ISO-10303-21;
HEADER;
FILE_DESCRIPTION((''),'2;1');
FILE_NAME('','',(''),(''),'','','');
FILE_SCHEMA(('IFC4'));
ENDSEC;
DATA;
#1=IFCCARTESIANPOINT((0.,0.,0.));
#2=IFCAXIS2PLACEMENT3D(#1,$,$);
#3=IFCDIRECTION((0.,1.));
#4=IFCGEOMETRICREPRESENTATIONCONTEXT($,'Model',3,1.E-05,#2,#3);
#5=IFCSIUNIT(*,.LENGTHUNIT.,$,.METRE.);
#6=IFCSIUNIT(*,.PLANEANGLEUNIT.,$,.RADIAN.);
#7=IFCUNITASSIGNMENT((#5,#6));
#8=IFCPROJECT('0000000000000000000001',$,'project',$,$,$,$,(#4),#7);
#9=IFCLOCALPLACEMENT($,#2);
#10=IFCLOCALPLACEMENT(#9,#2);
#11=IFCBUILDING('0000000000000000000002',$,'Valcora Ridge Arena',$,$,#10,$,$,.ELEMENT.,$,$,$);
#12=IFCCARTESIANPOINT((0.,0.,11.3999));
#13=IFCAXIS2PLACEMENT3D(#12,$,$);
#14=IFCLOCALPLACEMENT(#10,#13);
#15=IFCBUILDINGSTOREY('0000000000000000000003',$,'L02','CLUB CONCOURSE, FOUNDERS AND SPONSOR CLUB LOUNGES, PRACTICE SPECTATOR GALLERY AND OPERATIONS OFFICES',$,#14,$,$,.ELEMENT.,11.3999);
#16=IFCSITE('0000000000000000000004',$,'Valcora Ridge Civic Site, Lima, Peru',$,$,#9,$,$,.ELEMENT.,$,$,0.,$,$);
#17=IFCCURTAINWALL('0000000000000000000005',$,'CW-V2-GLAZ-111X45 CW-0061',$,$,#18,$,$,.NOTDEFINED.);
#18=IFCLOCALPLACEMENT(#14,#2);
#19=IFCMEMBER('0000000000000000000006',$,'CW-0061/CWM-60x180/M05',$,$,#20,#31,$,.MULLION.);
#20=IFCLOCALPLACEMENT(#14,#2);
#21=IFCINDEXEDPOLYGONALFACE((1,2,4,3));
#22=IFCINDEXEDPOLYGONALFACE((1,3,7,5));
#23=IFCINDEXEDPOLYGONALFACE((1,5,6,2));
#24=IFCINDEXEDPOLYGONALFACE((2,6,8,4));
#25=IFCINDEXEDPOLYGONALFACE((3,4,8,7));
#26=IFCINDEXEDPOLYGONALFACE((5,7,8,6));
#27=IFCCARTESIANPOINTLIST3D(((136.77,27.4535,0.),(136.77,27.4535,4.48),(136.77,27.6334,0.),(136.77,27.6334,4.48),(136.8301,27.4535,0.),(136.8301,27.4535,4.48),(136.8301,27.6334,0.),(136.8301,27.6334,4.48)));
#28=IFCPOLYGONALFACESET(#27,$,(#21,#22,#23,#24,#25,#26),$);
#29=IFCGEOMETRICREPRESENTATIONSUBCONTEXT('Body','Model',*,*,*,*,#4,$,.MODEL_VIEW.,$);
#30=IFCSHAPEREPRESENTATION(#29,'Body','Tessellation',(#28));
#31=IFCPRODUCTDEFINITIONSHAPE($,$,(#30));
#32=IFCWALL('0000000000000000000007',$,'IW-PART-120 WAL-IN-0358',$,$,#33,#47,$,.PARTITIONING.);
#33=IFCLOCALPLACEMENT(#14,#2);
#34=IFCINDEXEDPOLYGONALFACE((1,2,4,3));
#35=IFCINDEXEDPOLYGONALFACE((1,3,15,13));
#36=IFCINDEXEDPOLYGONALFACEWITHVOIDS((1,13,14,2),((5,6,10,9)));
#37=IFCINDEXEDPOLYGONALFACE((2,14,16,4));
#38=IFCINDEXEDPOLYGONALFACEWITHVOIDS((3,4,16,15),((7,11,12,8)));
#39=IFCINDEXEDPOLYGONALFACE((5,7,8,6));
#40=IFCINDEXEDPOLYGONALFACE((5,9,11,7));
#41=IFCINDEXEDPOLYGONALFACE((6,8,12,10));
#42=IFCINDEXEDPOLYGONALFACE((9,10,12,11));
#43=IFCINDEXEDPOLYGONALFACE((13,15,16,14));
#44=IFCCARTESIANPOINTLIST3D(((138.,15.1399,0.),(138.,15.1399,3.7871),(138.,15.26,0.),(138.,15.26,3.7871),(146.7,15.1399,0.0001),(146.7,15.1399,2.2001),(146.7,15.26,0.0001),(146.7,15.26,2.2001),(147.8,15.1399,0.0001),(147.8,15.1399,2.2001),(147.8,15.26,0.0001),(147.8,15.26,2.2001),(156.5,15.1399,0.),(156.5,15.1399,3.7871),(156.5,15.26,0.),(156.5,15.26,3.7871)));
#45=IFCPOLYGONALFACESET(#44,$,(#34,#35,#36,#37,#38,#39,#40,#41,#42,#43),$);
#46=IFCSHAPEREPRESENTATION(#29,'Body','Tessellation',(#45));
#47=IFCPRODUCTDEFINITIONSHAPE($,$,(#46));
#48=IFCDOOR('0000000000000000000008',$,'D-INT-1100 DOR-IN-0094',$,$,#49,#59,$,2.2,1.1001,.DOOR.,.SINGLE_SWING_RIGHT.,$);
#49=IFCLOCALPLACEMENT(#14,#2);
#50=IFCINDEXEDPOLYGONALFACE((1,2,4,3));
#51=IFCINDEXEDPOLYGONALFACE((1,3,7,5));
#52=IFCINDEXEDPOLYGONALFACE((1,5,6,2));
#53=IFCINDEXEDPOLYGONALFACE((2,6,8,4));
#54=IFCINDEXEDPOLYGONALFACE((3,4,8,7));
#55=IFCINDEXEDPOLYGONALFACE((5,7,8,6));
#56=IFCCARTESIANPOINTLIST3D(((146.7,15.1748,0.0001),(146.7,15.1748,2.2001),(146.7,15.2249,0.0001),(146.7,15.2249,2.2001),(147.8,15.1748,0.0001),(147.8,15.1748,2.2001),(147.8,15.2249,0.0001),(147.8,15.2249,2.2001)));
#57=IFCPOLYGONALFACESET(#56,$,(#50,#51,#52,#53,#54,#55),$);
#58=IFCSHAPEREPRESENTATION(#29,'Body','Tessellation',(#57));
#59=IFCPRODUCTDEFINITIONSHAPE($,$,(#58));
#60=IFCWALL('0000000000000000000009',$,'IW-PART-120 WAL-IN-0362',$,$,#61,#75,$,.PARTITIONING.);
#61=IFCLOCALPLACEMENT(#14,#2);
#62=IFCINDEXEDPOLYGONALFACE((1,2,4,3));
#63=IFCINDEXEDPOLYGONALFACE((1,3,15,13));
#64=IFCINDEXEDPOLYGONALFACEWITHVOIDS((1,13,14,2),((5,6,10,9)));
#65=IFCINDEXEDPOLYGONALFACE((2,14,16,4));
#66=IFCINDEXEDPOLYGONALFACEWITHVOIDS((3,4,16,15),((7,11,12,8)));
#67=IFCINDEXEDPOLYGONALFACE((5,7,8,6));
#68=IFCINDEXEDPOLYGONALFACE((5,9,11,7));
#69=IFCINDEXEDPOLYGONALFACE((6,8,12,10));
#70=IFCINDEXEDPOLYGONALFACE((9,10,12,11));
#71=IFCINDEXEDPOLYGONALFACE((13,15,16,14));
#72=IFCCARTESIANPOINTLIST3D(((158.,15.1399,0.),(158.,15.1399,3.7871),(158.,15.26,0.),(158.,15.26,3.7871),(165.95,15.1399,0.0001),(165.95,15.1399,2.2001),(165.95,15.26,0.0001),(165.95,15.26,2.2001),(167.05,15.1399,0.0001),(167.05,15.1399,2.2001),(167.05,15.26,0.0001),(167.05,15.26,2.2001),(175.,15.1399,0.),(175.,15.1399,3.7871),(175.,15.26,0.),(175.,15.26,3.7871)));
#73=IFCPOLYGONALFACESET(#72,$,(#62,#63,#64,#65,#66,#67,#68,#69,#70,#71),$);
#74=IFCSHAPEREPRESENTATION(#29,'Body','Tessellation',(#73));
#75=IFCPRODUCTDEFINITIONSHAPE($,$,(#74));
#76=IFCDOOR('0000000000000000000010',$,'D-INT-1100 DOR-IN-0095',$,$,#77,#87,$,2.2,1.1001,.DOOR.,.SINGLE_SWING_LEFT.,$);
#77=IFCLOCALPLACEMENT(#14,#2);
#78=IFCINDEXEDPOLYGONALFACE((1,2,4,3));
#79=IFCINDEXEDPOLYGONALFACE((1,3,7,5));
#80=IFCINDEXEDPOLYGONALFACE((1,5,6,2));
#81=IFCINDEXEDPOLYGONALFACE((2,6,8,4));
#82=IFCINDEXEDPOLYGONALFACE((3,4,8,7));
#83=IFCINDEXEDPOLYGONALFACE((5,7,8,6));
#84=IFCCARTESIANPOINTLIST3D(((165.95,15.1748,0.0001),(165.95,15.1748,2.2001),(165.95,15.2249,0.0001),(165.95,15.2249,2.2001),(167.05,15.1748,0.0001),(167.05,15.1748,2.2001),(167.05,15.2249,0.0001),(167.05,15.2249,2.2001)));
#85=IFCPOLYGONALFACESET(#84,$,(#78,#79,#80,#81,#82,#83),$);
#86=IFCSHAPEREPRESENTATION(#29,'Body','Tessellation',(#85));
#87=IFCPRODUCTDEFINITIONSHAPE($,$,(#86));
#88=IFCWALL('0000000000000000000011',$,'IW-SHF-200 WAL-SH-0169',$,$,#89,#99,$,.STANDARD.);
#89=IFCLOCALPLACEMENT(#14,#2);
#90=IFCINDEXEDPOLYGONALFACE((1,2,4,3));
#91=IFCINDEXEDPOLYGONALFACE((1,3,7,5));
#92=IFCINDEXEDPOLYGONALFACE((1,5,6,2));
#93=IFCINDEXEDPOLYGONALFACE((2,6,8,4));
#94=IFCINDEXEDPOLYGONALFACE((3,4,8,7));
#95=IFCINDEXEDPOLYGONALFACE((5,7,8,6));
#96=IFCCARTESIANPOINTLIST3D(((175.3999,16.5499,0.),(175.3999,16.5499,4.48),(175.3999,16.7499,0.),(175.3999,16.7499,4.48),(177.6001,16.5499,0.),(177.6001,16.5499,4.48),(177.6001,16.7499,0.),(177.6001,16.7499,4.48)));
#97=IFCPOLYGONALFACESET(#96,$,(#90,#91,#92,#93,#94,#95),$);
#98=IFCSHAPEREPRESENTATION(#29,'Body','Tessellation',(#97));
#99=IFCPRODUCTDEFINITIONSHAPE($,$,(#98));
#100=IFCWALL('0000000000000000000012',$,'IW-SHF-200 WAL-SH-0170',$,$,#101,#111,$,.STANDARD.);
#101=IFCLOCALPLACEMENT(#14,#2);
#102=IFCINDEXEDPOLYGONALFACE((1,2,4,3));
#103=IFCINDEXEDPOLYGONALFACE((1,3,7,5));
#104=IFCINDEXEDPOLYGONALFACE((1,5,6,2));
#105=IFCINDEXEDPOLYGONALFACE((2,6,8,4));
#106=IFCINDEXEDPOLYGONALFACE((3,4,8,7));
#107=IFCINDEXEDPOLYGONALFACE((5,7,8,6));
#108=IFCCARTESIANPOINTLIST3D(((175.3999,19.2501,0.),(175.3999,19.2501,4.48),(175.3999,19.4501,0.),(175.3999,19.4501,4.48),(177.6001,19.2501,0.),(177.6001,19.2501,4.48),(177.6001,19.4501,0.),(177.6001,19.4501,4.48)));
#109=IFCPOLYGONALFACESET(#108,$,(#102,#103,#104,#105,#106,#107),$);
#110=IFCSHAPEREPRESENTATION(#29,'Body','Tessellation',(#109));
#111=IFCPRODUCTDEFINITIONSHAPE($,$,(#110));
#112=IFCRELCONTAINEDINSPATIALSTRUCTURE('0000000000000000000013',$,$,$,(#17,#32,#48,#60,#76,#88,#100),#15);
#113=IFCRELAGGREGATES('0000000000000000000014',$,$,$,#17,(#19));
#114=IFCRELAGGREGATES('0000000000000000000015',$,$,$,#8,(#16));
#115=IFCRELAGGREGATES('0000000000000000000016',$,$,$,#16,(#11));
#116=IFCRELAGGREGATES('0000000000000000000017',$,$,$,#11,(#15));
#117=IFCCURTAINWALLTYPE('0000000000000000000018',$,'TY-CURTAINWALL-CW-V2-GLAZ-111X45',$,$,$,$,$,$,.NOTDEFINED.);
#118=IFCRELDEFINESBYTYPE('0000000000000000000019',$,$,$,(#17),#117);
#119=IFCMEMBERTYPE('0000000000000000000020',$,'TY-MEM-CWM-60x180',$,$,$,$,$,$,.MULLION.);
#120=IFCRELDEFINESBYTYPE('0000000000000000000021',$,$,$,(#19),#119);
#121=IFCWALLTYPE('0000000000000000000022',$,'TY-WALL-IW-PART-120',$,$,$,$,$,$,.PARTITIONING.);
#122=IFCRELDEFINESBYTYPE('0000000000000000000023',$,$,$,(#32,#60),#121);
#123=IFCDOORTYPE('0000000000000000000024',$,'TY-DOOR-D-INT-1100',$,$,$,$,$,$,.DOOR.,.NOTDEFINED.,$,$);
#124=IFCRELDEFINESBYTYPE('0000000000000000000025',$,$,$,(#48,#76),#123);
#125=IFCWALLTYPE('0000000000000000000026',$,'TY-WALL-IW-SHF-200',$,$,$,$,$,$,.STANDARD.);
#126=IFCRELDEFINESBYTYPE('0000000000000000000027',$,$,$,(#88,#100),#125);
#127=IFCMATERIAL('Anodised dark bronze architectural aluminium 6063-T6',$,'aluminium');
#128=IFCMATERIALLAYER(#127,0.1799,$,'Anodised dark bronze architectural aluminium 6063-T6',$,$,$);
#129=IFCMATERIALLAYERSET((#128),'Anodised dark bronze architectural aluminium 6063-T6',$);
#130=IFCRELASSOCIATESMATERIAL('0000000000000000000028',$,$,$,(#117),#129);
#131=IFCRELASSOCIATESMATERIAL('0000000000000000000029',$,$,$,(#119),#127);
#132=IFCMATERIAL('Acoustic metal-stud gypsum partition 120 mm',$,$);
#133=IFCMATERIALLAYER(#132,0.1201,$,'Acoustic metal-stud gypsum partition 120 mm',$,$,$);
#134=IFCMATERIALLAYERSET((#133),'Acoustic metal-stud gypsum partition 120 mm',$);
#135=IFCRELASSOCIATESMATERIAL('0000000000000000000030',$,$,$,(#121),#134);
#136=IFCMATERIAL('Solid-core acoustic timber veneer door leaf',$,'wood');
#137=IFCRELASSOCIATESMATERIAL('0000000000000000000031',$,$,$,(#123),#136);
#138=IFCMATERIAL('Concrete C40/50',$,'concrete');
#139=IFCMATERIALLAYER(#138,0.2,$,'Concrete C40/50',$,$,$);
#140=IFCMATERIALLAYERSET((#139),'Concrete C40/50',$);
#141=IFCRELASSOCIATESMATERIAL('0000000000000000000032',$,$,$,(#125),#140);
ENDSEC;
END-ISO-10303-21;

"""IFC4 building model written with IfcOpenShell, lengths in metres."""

from ifc_helpers import new_model, si_unit, direction, frame, frame_2d, origin, origin_2d, place, context, subcontext, project, spatial, rectangle, extrude, material, layer, layer_set, material_profile, profile_set, type_object, element, fill, aggregate, save


model = new_model("IFC4")

# Units and contexts
model_context = context("Model", 3, precision=1e-05, world=origin(), true_north=direction((0.0, 1.0)))
body_context = subcontext(model_context, "Body", "Model", "MODEL_VIEW")
ifc_project = project(units=[si_unit("LENGTHUNIT", "METRE"), si_unit("PLANEANGLEUNIT", "RADIAN")], contexts=[model_context])

# Site, building, storey
site_placement = place(None, origin())
site = spatial("IfcSite", under=ifc_project, at=site_placement, Name="Valcora Ridge Civic Site, Lima, Peru", CompositionType="ELEMENT", RefElevation=0.0)
building_placement = place(site_placement, origin())
building = spatial("IfcBuilding", under=site, at=building_placement, Name="Valcora Ridge Arena", CompositionType="ELEMENT")
storey_placement = place(building_placement, frame((0.0, 0.0, 11.3999)))
storey = spatial("IfcBuildingStorey", under=building, at=storey_placement, Name="L02", Description="CLUB CONCOURSE, FOUNDERS AND SPONSOR CLUB LOUNGES, PRACTICE SPECTATOR GALLERY AND OPERATIONS OFFICES", CompositionType="ELEMENT", Elevation=11.3999)

# Curtain wall, member
ifc_material_1 = material(Name="Anodised dark bronze architectural aluminium 6063-T6", Category="aluminium")
ifc_layer_1 = layer(ifc_material_1, 0.1799, Name="Anodised dark bronze architectural aluminium 6063-T6")
ifc_layer_set_1 = layer_set([ifc_layer_1], Name="Anodised dark bronze architectural aluminium 6063-T6")
curtain_wall_type = type_object("IfcCurtainWallType", Name="TY-CURTAINWALL-CW-V2-GLAZ-111X45", PredefinedType="NOTDEFINED", material=ifc_layer_set_1)
curtain_wall_placement = place(storey_placement, origin())
curtain_wall = element("IfcCurtainWall", 1, at=curtain_wall_placement, inside=storey, type_object=curtain_wall_type, Name="CW-V2-GLAZ-111X45 CW-0061", PredefinedType="NOTDEFINED")
ifc_material_profile_1 = material_profile(ifc_material_1, rectangle(XDim=0.0601, YDim=0.1799, at=origin_2d()), Name="ALU MULLION 60x180")
ifc_profile_set_1 = profile_set([ifc_material_profile_1], Name="Anodised dark bronze architectural aluminium 6063-T6")
member_type = type_object("IfcMemberType", Name="TY-MEM-CWM-60x180", PredefinedType="MULLION", material=ifc_profile_set_1)
member_placement = place(storey_placement, frame((136.8, 27.5435, 0.0), z_axis=(0.0, 0.0, 1.0), x_axis=(-1.0, 0.0, 0.0)))
member = element("IfcMember", 2, at=member_placement, type_object=member_type, Name="CW-0061/CWM-60x180/M05", PredefinedType="MULLION", context=body_context, shape_type="SweptSolid", body=[
    extrude(rectangle(XDim=0.0601, YDim=0.1799, at=origin_2d()), origin(), (0.0, 0.0, 1.0), 4.48),
])
aggregate(curtain_wall, [member])

# Walls, openings, doors
ifc_material_2 = material(Name="Acoustic metal-stud gypsum partition 120 mm")
ifc_layer_2 = layer(ifc_material_2, 0.1201, Name="Acoustic metal-stud gypsum partition 120 mm")
ifc_layer_set_2 = layer_set([ifc_layer_2], Name="Acoustic metal-stud gypsum partition 120 mm")
wall_type_1 = type_object("IfcWallType", Name="TY-WALL-IW-PART-120", PredefinedType="PARTITIONING", material=ifc_layer_set_2)
wall_1_placement = place(storey_placement, frame((138.0, 15.2, 0.0), z_axis=(0.0, 0.0, 1.0), x_axis=(1.0, 0.0, 0.0)))
wall_1 = element("IfcWall", 3, at=wall_1_placement, inside=storey, type_object=wall_type_1, Name="IW-PART-120 WAL-IN-0358", PredefinedType="PARTITIONING", context=body_context, shape_type="SweptSolid", body=[
    extrude(rectangle(XDim=18.5, YDim=0.1201, at=frame_2d((9.25, 0.0))), origin(), (0.0, 0.0, 1.0), 3.7871),
])
opening_1_placement = place(wall_1_placement, frame((8.7, 0.0, 0.0)))
opening_1 = element("IfcOpeningElement", 4, at=opening_1_placement, cuts=wall_1, PredefinedType="OPENING", context=body_context, shape_type="SweptSolid", body=[
    extrude(rectangle(XDim=1.1001, YDim=2.2, at=frame_2d((0.55, 1.1001))), frame((0.0, 0.0701, 0.0), z_axis=(0.0, -1.0, 0.0), x_axis=(1.0, 0.0, 0.0)), (0.0, 0.0, 1.0), 0.1401),
])
ifc_material_3 = material(Name="Solid-core acoustic timber veneer door leaf", Category="wood")
door_type_1 = type_object("IfcDoorType", Name="TY-DOOR-D-INT-1100", OperationType="NOTDEFINED", PredefinedType="DOOR", material=ifc_material_3)
door_1_placement = place(opening_1_placement, origin())
door_1 = element("IfcDoor", 5, at=door_1_placement, inside=storey, type_object=door_type_1, Name="D-INT-1100 DOR-IN-0094", OperationType="SINGLE_SWING_RIGHT", OverallHeight=2.2, OverallWidth=1.1001, PredefinedType="DOOR", context=body_context, shape_type="SweptSolid", body=[
    extrude(rectangle(XDim=1.1001, YDim=2.2, at=frame_2d((0.55, 1.1001))), frame((0.0, 0.0249, 0.0), z_axis=(0.0, -1.0, 0.0), x_axis=(1.0, 0.0, 0.0)), (0.0, 0.0, 1.0), 0.05),
])
fill(opening_1, door_1)
wall_2_placement = place(storey_placement, frame((158.0, 15.2, 0.0), z_axis=(0.0, 0.0, 1.0), x_axis=(1.0, 0.0, 0.0)))
wall_2 = element("IfcWall", 6, at=wall_2_placement, inside=storey, type_object=wall_type_1, Name="IW-PART-120 WAL-IN-0362", PredefinedType="PARTITIONING", context=body_context, shape_type="SweptSolid", body=[
    extrude(rectangle(XDim=17.0, YDim=0.1201, at=frame_2d((8.5, 0.0))), origin(), (0.0, 0.0, 1.0), 3.7871),
])
opening_2_placement = place(wall_2_placement, frame((7.95, 0.0, 0.0)))
opening_2 = element("IfcOpeningElement", 7, at=opening_2_placement, cuts=wall_2, PredefinedType="OPENING", context=body_context, shape_type="SweptSolid", body=[
    extrude(rectangle(XDim=1.1001, YDim=2.2, at=frame_2d((0.55, 1.1001))), frame((0.0, 0.0701, 0.0), z_axis=(0.0, -1.0, 0.0), x_axis=(1.0, 0.0, 0.0)), (0.0, 0.0, 1.0), 0.1401),
])
door_2_placement = place(opening_2_placement, origin())
door_2 = element("IfcDoor", 8, at=door_2_placement, inside=storey, type_object=door_type_1, Name="D-INT-1100 DOR-IN-0095", OperationType="SINGLE_SWING_LEFT", OverallHeight=2.2, OverallWidth=1.1001, PredefinedType="DOOR", context=body_context, shape_type="SweptSolid", body=[
    extrude(rectangle(XDim=1.1001, YDim=2.2, at=frame_2d((0.55, 1.1001))), frame((0.0, 0.0249, 0.0), z_axis=(0.0, -1.0, 0.0), x_axis=(1.0, 0.0, 0.0)), (0.0, 0.0, 1.0), 0.05),
])
fill(opening_2, door_2)

# Walls
ifc_material_4 = material(Name="Concrete C40/50", Category="concrete")
ifc_layer_3 = layer(ifc_material_4, 0.2, Name="Concrete C40/50")
ifc_layer_set_3 = layer_set([ifc_layer_3], Name="Concrete C40/50")
wall_type_2 = type_object("IfcWallType", Name="TY-WALL-IW-SHF-200", PredefinedType="STANDARD", material=ifc_layer_set_3)
for number, where, z_axis, x_axis, name in (
    (9, (175.3999, 16.6499, 0.0), (0.0, 0.0, 1.0), (1.0, 0.0, 0.0), "IW-SHF-200 WAL-SH-0169"),
    (10, (175.3999, 19.3501, 0.0), (0.0, 0.0, 1.0), (1.0, 0.0, 0.0), "IW-SHF-200 WAL-SH-0170"),
):
    element("IfcWall", number, at=place(storey_placement, frame(where, z_axis=z_axis, x_axis=x_axis)), inside=storey, type_object=wall_type_2, Name=name, PredefinedType="STANDARD", context=body_context, shape_type="SweptSolid", body=[
        extrude(rectangle(XDim=2.2002, YDim=0.2, at=frame_2d((1.1001, 0.0))), origin(), (0.0, 0.0, 1.0), 4.48),
    ])

save(model, "model.ifc")
